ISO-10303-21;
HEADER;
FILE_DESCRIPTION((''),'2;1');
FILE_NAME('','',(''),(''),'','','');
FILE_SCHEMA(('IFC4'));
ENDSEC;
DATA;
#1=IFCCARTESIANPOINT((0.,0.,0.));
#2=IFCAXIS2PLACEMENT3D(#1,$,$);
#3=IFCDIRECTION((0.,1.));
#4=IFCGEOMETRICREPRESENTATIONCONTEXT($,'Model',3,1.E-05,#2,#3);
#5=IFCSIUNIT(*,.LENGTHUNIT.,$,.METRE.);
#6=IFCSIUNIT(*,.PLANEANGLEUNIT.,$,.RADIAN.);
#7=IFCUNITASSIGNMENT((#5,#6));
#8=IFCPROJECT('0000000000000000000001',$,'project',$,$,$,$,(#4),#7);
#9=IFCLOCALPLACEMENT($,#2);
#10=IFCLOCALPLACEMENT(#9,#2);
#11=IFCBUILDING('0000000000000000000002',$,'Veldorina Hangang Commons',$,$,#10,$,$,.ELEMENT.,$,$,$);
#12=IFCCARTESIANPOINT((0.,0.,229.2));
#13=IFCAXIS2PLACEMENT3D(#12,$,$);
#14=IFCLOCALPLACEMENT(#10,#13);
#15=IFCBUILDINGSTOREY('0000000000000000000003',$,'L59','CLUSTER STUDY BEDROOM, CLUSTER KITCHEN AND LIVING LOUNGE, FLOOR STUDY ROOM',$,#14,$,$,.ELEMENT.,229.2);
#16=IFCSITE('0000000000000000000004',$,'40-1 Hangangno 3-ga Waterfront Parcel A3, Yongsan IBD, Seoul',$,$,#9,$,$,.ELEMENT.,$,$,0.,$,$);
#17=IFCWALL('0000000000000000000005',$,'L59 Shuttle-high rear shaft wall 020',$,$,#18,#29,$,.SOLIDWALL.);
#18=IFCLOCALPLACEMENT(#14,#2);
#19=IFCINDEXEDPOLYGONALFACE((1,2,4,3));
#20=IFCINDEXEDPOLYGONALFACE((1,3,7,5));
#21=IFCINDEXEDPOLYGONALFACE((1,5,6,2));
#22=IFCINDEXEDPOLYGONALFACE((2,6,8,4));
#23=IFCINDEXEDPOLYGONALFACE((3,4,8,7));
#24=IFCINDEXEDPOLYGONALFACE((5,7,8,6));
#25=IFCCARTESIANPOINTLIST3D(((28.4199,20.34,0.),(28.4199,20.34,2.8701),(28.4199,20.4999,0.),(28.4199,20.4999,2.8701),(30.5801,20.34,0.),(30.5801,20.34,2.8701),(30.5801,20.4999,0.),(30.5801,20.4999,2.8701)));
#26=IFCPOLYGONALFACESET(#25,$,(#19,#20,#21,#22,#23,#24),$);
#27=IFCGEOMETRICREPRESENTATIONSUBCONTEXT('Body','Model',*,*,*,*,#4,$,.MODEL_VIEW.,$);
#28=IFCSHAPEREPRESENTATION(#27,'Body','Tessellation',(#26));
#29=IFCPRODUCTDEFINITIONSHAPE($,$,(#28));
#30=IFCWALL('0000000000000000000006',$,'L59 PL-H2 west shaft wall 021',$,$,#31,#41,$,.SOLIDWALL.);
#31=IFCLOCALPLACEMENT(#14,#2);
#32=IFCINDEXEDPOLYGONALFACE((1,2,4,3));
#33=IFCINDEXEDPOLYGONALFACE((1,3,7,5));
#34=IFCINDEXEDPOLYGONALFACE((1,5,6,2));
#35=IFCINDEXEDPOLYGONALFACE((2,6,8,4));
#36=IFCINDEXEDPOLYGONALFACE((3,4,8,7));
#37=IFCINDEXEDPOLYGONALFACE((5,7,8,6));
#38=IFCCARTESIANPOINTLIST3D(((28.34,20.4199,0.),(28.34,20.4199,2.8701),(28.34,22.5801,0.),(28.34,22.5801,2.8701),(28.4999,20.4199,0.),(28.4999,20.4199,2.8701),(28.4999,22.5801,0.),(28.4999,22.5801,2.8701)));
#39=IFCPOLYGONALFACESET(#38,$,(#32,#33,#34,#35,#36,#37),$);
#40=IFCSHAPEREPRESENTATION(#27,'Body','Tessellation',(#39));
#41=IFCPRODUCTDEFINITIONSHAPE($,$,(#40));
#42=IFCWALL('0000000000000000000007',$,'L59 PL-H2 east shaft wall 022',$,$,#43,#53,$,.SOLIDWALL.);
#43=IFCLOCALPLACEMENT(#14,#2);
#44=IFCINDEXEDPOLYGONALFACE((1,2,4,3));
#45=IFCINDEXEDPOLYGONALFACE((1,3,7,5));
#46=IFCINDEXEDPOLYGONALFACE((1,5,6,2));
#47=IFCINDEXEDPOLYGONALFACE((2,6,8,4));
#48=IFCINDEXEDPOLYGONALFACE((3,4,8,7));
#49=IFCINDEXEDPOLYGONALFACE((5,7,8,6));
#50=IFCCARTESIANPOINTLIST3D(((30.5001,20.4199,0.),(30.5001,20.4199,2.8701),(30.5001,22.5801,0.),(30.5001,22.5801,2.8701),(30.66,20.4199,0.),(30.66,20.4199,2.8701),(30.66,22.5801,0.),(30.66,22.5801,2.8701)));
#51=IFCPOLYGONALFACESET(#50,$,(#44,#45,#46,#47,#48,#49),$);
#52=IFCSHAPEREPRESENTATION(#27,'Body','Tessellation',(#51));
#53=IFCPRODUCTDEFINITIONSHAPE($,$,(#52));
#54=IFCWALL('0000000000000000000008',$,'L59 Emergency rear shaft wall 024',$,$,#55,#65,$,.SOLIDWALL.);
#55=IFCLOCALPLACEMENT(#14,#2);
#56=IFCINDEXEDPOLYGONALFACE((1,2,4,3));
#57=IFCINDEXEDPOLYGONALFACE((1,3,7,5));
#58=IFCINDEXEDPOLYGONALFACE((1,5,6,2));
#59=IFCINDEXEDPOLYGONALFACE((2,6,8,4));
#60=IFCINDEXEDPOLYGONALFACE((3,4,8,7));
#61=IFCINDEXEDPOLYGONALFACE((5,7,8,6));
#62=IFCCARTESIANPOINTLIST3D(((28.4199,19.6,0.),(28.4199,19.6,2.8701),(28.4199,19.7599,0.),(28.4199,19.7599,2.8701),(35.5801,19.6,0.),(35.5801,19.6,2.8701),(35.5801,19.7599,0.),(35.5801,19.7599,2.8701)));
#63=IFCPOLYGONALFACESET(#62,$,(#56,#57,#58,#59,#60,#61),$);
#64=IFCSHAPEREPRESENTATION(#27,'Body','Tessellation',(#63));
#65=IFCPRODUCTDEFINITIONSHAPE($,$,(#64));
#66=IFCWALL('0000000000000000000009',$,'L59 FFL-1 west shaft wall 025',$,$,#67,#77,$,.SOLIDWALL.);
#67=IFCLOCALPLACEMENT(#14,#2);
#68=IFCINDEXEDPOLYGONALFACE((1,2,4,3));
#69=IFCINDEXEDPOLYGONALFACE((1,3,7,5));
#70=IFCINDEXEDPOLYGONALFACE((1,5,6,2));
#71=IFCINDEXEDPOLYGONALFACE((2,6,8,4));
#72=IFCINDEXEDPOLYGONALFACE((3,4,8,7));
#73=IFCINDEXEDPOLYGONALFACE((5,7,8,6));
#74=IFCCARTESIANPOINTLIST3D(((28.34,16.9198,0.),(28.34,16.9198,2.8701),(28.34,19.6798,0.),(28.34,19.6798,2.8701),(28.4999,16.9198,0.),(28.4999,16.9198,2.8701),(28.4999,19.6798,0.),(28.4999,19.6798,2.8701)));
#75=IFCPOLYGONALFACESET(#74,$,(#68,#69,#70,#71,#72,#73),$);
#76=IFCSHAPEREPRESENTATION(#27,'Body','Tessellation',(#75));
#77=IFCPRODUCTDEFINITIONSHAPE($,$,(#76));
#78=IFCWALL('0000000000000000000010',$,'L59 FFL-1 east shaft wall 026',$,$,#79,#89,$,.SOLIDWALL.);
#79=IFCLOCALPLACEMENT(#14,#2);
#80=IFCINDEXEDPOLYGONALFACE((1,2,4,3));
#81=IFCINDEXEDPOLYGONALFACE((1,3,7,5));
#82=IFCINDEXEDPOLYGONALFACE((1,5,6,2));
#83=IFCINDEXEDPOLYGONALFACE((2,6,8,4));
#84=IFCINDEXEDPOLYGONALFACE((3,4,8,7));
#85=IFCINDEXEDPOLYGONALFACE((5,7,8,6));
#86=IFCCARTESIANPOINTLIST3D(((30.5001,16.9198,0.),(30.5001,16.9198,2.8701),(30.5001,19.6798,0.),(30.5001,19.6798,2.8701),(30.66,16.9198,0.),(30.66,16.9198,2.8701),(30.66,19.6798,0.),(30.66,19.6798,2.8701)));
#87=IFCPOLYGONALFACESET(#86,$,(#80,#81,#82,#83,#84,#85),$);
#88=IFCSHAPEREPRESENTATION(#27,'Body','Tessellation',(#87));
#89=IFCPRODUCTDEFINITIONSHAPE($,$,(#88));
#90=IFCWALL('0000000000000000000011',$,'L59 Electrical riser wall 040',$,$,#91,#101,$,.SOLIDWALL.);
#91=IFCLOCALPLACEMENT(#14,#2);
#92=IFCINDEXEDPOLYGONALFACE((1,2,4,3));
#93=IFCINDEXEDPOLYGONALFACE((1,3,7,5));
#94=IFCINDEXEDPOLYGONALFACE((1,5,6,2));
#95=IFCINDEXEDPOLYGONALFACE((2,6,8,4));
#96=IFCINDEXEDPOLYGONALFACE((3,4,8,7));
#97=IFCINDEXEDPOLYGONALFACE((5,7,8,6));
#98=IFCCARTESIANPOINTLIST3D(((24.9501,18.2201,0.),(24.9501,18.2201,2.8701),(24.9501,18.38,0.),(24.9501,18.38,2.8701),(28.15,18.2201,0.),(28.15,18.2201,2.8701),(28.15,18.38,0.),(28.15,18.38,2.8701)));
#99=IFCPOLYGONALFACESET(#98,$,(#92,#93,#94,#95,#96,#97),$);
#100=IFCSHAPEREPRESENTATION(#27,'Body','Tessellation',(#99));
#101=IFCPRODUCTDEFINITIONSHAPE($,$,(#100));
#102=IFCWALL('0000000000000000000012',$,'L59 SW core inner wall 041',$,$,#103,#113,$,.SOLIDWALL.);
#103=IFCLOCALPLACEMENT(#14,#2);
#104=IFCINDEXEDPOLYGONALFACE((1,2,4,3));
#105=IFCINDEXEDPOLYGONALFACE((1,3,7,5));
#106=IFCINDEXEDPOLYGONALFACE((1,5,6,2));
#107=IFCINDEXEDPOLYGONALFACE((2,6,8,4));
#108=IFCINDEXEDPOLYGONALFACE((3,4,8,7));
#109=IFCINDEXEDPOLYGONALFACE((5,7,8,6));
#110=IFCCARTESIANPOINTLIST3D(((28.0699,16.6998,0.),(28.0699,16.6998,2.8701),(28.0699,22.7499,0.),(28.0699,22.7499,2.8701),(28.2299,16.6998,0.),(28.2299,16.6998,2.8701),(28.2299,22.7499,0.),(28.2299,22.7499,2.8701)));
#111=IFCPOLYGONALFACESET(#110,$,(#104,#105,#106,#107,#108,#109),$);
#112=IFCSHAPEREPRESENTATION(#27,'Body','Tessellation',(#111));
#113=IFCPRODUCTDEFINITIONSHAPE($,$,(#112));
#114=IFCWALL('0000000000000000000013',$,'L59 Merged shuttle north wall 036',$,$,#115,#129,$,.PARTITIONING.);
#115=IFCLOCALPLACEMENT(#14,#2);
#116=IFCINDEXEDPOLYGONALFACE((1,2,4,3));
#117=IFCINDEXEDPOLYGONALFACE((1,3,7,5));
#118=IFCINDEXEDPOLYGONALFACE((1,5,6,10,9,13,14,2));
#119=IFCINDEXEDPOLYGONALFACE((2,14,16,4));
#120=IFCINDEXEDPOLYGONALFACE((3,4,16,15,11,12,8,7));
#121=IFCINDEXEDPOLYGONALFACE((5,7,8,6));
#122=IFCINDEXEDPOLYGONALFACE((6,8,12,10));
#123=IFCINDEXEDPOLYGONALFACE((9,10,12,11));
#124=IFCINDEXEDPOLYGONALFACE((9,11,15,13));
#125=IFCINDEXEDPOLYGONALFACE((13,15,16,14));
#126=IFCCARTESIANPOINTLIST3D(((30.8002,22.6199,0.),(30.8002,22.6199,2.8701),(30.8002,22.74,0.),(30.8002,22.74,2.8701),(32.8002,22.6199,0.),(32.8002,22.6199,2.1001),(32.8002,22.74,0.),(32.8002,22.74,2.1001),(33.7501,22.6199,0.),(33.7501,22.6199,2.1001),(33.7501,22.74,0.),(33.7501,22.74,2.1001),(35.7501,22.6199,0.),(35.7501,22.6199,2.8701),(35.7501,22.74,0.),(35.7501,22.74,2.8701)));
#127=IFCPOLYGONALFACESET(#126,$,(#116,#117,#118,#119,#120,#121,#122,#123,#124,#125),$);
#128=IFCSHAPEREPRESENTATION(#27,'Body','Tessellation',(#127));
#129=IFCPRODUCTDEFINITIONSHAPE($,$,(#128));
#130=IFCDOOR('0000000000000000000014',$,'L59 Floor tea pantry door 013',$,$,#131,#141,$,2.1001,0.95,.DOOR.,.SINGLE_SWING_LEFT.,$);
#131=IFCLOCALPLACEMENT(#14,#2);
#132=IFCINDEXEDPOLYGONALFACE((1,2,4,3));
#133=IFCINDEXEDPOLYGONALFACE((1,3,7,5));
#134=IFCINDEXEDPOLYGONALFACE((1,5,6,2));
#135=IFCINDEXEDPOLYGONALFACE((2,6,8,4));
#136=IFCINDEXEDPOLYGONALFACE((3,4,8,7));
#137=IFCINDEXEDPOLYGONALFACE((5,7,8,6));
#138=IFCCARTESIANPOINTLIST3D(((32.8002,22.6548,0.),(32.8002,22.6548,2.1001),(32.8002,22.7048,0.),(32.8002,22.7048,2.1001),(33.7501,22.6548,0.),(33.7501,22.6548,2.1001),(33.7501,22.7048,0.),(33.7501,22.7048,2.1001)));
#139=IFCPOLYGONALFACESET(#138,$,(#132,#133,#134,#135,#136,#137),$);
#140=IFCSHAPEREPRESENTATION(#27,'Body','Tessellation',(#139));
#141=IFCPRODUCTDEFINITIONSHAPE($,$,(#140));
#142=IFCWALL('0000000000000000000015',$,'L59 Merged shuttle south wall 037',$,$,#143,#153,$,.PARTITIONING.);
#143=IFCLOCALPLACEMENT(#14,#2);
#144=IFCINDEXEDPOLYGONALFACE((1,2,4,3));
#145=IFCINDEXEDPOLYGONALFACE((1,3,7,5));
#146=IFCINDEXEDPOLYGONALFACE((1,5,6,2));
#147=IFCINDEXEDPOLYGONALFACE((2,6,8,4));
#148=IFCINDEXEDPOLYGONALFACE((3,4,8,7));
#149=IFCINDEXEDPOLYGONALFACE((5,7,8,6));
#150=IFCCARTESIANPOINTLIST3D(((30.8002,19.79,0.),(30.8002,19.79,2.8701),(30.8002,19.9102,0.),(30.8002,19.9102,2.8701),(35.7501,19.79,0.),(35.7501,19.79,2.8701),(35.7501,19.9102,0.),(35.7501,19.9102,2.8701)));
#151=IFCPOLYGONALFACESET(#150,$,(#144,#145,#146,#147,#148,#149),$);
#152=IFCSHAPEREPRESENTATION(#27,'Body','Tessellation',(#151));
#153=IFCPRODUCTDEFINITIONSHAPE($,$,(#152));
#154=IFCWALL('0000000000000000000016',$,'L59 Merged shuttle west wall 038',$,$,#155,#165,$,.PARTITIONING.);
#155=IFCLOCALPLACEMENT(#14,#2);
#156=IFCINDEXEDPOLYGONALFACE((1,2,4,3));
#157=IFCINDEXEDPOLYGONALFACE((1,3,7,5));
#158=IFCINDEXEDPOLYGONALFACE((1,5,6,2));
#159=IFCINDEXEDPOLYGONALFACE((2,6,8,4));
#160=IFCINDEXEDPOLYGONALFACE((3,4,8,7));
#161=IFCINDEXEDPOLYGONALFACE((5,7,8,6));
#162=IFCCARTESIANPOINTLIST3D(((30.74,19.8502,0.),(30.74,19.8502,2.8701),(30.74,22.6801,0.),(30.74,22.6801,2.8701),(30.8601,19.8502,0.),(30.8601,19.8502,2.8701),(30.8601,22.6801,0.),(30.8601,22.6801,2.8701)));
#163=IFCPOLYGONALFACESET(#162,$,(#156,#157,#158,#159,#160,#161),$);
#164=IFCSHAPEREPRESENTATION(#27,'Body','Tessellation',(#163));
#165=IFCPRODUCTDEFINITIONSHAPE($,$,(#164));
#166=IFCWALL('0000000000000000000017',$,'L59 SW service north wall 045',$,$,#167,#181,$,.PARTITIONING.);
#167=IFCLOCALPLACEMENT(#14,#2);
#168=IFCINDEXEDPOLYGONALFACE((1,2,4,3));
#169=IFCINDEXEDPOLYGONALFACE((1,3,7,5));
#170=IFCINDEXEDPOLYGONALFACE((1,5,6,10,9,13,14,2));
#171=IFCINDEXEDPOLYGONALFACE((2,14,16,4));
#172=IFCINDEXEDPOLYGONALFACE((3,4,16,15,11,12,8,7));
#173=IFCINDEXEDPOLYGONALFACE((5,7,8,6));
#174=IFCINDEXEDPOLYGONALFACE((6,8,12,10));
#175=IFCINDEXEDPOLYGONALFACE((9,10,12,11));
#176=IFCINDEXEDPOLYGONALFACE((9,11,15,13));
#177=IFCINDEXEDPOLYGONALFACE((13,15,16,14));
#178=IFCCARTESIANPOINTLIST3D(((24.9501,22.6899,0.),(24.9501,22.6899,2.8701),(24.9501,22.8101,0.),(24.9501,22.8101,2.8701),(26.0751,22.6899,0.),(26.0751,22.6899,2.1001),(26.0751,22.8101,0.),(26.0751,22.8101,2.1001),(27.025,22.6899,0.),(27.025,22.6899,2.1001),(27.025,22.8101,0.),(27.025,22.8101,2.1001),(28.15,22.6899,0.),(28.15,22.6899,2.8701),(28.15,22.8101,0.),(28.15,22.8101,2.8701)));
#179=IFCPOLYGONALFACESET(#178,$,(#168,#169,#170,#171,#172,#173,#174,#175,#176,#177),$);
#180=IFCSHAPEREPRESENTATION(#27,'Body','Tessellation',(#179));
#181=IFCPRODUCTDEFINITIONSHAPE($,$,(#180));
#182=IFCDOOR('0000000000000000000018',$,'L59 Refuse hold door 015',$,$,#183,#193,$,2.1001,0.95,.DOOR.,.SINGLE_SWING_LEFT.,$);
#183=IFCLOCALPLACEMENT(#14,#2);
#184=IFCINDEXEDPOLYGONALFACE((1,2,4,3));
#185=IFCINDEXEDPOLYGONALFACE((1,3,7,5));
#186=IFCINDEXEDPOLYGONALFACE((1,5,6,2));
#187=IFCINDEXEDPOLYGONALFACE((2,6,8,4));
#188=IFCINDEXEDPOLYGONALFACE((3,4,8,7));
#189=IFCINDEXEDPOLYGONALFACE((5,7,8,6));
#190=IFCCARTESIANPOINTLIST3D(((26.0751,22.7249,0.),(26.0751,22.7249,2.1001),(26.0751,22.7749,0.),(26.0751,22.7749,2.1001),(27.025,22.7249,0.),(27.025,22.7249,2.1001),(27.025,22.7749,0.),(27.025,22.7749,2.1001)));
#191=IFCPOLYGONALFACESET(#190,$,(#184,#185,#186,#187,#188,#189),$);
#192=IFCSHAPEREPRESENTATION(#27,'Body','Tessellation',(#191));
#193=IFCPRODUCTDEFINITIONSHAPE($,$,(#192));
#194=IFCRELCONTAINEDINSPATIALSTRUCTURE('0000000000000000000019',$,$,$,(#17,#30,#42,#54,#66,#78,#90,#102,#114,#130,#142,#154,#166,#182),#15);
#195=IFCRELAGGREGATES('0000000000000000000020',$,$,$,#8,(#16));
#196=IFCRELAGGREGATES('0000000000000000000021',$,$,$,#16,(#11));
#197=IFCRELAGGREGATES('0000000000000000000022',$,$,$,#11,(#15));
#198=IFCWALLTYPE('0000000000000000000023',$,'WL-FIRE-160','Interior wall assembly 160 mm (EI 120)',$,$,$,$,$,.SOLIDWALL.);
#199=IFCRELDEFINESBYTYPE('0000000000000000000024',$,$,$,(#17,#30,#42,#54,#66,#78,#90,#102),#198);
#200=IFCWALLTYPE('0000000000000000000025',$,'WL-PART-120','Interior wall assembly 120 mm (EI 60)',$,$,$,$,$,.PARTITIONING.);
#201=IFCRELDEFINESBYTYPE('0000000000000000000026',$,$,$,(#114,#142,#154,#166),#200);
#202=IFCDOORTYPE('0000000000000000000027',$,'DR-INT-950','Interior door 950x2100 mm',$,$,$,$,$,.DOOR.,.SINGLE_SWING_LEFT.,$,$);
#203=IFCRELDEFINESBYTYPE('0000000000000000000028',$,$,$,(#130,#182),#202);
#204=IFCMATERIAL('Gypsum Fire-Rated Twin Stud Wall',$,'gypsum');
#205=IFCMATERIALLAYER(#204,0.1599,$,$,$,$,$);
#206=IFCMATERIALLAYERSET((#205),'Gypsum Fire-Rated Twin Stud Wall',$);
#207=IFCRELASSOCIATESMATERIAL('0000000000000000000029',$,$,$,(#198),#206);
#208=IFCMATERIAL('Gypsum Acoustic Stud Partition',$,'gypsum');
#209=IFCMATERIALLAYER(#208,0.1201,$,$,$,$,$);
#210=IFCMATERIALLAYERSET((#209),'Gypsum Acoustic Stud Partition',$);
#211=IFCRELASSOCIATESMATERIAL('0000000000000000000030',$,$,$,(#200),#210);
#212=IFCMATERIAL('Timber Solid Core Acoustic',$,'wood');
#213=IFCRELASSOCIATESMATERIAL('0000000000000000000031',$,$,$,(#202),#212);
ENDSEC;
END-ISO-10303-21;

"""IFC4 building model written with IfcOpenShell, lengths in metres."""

from ifc_helpers import new_model, si_unit, direction, frame, frame_2d, origin, place, context, subcontext, project, spatial, rectangle, extrude, material, layer, layer_set, type_object, element, fill, save


model = new_model("IFC4")

# Units and contexts
model_context = context("Model", 3, precision=1e-05, world=origin(), true_north=direction((0.0, 1.0)))
body_context = subcontext(model_context, "Body", "Model", "MODEL_VIEW")
ifc_project = project(units=[si_unit("LENGTHUNIT", "METRE"), si_unit("PLANEANGLEUNIT", "RADIAN")], contexts=[model_context])

# Site, building, storey
site_placement = place(None, origin())
site = spatial("IfcSite", under=ifc_project, at=site_placement, Name="40-1 Hangangno 3-ga Waterfront Parcel A3, Yongsan IBD, Seoul", CompositionType="ELEMENT", RefElevation=0.0)
building_placement = place(site_placement, origin())
building = spatial("IfcBuilding", under=site, at=building_placement, Name="Veldorina Hangang Commons", CompositionType="ELEMENT")
storey_placement = place(building_placement, frame((0.0, 0.0, 229.2)))
storey = spatial("IfcBuildingStorey", under=building, at=storey_placement, Name="L59", Description="CLUSTER STUDY BEDROOM, CLUSTER KITCHEN AND LIVING LOUNGE, FLOOR STUDY ROOM", CompositionType="ELEMENT", Elevation=229.2)

# Shared definitions
ifc_material_1 = material(Name="Gypsum Fire-Rated Twin Stud Wall", Category="gypsum")
ifc_layer_1 = layer(ifc_material_1, 0.1599)
ifc_layer_set_1 = layer_set([ifc_layer_1], Name="Gypsum Fire-Rated Twin Stud Wall")
wall_type_1 = type_object("IfcWallType", Name="WL-FIRE-160", Description="Interior wall assembly 160 mm (EI 120)", PredefinedType="SOLIDWALL", material=ifc_layer_set_1)

# Walls
for number, where, z_axis, x_axis, name in (
    (1, (28.4199, 20.4199, 0.0), (0.0, 0.0, 1.0), (1.0, 0.0, 0.0), "L59 Shuttle-high rear shaft wall 020"),
    (2, (28.4199, 20.4199, 0.0), (0.0, 0.0, 1.0), (0.0, 1.0, 0.0), "L59 PL-H2 west shaft wall 021"),
    (3, (30.5801, 20.4199, 0.0), (0.0, 0.0, 1.0), (0.0, 1.0, 0.0), "L59 PL-H2 east shaft wall 022"),
):
    element("IfcWall", number, at=place(storey_placement, frame(where, z_axis=z_axis, x_axis=x_axis)), inside=storey, type_object=wall_type_1, Name=name, PredefinedType="SOLIDWALL", context=body_context, shape_type="SweptSolid", body=[
        extrude(rectangle(XDim=2.1602, YDim=0.1599, at=frame_2d((1.0801, 0.0))), origin(), (0.0, 0.0, 1.0), 2.8701),
    ])

# Walls
wall_1_placement = place(storey_placement, frame((28.4199, 19.6799, 0.0), z_axis=(0.0, 0.0, 1.0), x_axis=(1.0, 0.0, 0.0)))
element("IfcWall", 4, at=wall_1_placement, inside=storey, type_object=wall_type_1, Name="L59 Emergency rear shaft wall 024", PredefinedType="SOLIDWALL", context=body_context, shape_type="SweptSolid", body=[
    extrude(rectangle(XDim=7.1602, YDim=0.1599, at=frame_2d((3.5801, 0.0))), origin(), (0.0, 0.0, 1.0), 2.8701),
])
for number, where, z_axis, x_axis, name in (
    (5, (28.4199, 16.9199, 0.0), (0.0, 0.0, 1.0), (0.0, 1.0, 0.0), "L59 FFL-1 west shaft wall 025"),
    (6, (30.5801, 16.9199, 0.0), (0.0, 0.0, 1.0), (0.0, 1.0, 0.0), "L59 FFL-1 east shaft wall 026"),
):
    element("IfcWall", number, at=place(storey_placement, frame(where, z_axis=z_axis, x_axis=x_axis)), inside=storey, type_object=wall_type_1, Name=name, PredefinedType="SOLIDWALL", context=body_context, shape_type="SweptSolid", body=[
        extrude(rectangle(XDim=2.76, YDim=0.1599, at=frame_2d((1.3799, 0.0))), origin(), (0.0, 0.0, 1.0), 2.8701),
    ])
wall_2_placement = place(storey_placement, frame((24.95, 18.3, 0.0), z_axis=(0.0, 0.0, 1.0), x_axis=(1.0, 0.0, 0.0)))
element("IfcWall", 7, at=wall_2_placement, inside=storey, type_object=wall_type_1, Name="L59 Electrical riser wall 040", PredefinedType="SOLIDWALL", context=body_context, shape_type="SweptSolid", body=[
    extrude(rectangle(XDim=3.2, YDim=0.1599, at=frame_2d((1.6001, 0.0))), origin(), (0.0, 0.0, 1.0), 2.8701),
])
wall_3_placement = place(storey_placement, frame((28.1499, 16.7, 0.0), z_axis=(0.0, 0.0, 1.0), x_axis=(0.0, 1.0, 0.0)))
element("IfcWall", 8, at=wall_3_placement, inside=storey, type_object=wall_type_1, Name="L59 SW core inner wall 041", PredefinedType="SOLIDWALL", context=body_context, shape_type="SweptSolid", body=[
    extrude(rectangle(XDim=6.05, YDim=0.1599, at=frame_2d((3.0249, 0.0))), origin(), (0.0, 0.0, 1.0), 2.8701),
])

# Wall, opening, door
ifc_material_2 = material(Name="Gypsum Acoustic Stud Partition", Category="gypsum")
ifc_layer_2 = layer(ifc_material_2, 0.1201)
ifc_layer_set_2 = layer_set([ifc_layer_2], Name="Gypsum Acoustic Stud Partition")
wall_type_2 = type_object("IfcWallType", Name="WL-PART-120", Description="Interior wall assembly 120 mm (EI 60)", PredefinedType="PARTITIONING", material=ifc_layer_set_2)
wall_4_placement = place(storey_placement, frame((30.8, 22.6799, 0.0), z_axis=(0.0, 0.0, 1.0), x_axis=(1.0, 0.0, 0.0)))
wall_4 = element("IfcWall", 9, at=wall_4_placement, inside=storey, type_object=wall_type_2, Name="L59 Merged shuttle north wall 036", PredefinedType="PARTITIONING", context=body_context, shape_type="SweptSolid", body=[
    extrude(rectangle(XDim=4.95, YDim=0.1201, at=frame_2d((2.4751, 0.0))), origin(), (0.0, 0.0, 1.0), 2.8701),
])
opening_1_placement = place(wall_4_placement, frame((2.0, 0.0, 0.0)))
opening_1 = element("IfcOpeningElement", 10, at=opening_1_placement, cuts=wall_4, PredefinedType="OPENING", context=body_context, shape_type="SweptSolid", body=[
    extrude(rectangle(XDim=0.95, YDim=2.1001, at=frame_2d((0.4751, 1.05))), frame((0.0, 0.0701, 0.0), z_axis=(0.0, -1.0, 0.0), x_axis=(1.0, 0.0, 0.0)), (0.0, 0.0, 1.0), 0.1401),
])
ifc_material_3 = material(Name="Timber Solid Core Acoustic", Category="wood")
door_type_1 = type_object("IfcDoorType", Name="DR-INT-950", Description="Interior door 950x2100 mm", OperationType="SINGLE_SWING_LEFT", PredefinedType="DOOR", material=ifc_material_3)
door_1_placement = place(opening_1_placement, origin())
door_1 = element("IfcDoor", 11, at=door_1_placement, inside=storey, type_object=door_type_1, Name="L59 Floor tea pantry door 013", OperationType="SINGLE_SWING_LEFT", OverallHeight=2.1001, OverallWidth=0.95, PredefinedType="DOOR", context=body_context, shape_type="SweptSolid", body=[
    extrude(rectangle(XDim=0.95, YDim=2.1001, at=frame_2d((0.4751, 1.05))), frame((0.0, 0.0249, 0.0), z_axis=(0.0, -1.0, 0.0), x_axis=(1.0, 0.0, 0.0)), (0.0, 0.0, 1.0), 0.05),
])
fill(opening_1, door_1)

# Walls
wall_5_placement = place(storey_placement, frame((30.8, 19.8501, 0.0), z_axis=(0.0, 0.0, 1.0), x_axis=(1.0, 0.0, 0.0)))
element("IfcWall", 12, at=wall_5_placement, inside=storey, type_object=wall_type_2, Name="L59 Merged shuttle south wall 037", PredefinedType="PARTITIONING", context=body_context, shape_type="SweptSolid", body=[
    extrude(rectangle(XDim=4.95, YDim=0.1201, at=frame_2d((2.4751, 0.0))), origin(), (0.0, 0.0, 1.0), 2.8701),
])
wall_6_placement = place(storey_placement, frame((30.8, 19.8501, 0.0), z_axis=(0.0, 0.0, 1.0), x_axis=(0.0, 1.0, 0.0)))
element("IfcWall", 13, at=wall_6_placement, inside=storey, type_object=wall_type_2, Name="L59 Merged shuttle west wall 038", PredefinedType="PARTITIONING", context=body_context, shape_type="SweptSolid", body=[
    extrude(rectangle(XDim=2.8298, YDim=0.1201, at=frame_2d((1.415, 0.0))), origin(), (0.0, 0.0, 1.0), 2.8701),
])

# Wall, opening, door
wall_7_placement = place(storey_placement, frame((24.95, 22.75, 0.0), z_axis=(0.0, 0.0, 1.0), x_axis=(1.0, 0.0, 0.0)))
wall_7 = element("IfcWall", 14, at=wall_7_placement, inside=storey, type_object=wall_type_2, Name="L59 SW service north wall 045", PredefinedType="PARTITIONING", context=body_context, shape_type="SweptSolid", body=[
    extrude(rectangle(XDim=3.2, YDim=0.1201, at=frame_2d((1.6001, 0.0))), origin(), (0.0, 0.0, 1.0), 2.8701),
])
opening_2_placement = place(wall_7_placement, frame((1.125, 0.0, 0.0)))
opening_2 = element("IfcOpeningElement", 15, at=opening_2_placement, cuts=wall_7, PredefinedType="OPENING", context=body_context, shape_type="SweptSolid", body=[
    extrude(rectangle(XDim=0.95, YDim=2.1001, at=frame_2d((0.4751, 1.05))), frame((0.0, 0.0701, 0.0), z_axis=(0.0, -1.0, 0.0), x_axis=(1.0, 0.0, 0.0)), (0.0, 0.0, 1.0), 0.1401),
])
door_2_placement = place(opening_2_placement, origin())
door_2 = element("IfcDoor", 16, at=door_2_placement, inside=storey, type_object=door_type_1, Name="L59 Refuse hold door 015", OperationType="SINGLE_SWING_LEFT", OverallHeight=2.1001, OverallWidth=0.95, PredefinedType="DOOR", context=body_context, shape_type="SweptSolid", body=[
    extrude(rectangle(XDim=0.95, YDim=2.1001, at=frame_2d((0.4751, 1.05))), frame((0.0, 0.0249, 0.0), z_axis=(0.0, -1.0, 0.0), x_axis=(1.0, 0.0, 0.0)), (0.0, 0.0, 1.0), 0.05),
])
fill(opening_2, door_2)

save(model, "model.ifc")
